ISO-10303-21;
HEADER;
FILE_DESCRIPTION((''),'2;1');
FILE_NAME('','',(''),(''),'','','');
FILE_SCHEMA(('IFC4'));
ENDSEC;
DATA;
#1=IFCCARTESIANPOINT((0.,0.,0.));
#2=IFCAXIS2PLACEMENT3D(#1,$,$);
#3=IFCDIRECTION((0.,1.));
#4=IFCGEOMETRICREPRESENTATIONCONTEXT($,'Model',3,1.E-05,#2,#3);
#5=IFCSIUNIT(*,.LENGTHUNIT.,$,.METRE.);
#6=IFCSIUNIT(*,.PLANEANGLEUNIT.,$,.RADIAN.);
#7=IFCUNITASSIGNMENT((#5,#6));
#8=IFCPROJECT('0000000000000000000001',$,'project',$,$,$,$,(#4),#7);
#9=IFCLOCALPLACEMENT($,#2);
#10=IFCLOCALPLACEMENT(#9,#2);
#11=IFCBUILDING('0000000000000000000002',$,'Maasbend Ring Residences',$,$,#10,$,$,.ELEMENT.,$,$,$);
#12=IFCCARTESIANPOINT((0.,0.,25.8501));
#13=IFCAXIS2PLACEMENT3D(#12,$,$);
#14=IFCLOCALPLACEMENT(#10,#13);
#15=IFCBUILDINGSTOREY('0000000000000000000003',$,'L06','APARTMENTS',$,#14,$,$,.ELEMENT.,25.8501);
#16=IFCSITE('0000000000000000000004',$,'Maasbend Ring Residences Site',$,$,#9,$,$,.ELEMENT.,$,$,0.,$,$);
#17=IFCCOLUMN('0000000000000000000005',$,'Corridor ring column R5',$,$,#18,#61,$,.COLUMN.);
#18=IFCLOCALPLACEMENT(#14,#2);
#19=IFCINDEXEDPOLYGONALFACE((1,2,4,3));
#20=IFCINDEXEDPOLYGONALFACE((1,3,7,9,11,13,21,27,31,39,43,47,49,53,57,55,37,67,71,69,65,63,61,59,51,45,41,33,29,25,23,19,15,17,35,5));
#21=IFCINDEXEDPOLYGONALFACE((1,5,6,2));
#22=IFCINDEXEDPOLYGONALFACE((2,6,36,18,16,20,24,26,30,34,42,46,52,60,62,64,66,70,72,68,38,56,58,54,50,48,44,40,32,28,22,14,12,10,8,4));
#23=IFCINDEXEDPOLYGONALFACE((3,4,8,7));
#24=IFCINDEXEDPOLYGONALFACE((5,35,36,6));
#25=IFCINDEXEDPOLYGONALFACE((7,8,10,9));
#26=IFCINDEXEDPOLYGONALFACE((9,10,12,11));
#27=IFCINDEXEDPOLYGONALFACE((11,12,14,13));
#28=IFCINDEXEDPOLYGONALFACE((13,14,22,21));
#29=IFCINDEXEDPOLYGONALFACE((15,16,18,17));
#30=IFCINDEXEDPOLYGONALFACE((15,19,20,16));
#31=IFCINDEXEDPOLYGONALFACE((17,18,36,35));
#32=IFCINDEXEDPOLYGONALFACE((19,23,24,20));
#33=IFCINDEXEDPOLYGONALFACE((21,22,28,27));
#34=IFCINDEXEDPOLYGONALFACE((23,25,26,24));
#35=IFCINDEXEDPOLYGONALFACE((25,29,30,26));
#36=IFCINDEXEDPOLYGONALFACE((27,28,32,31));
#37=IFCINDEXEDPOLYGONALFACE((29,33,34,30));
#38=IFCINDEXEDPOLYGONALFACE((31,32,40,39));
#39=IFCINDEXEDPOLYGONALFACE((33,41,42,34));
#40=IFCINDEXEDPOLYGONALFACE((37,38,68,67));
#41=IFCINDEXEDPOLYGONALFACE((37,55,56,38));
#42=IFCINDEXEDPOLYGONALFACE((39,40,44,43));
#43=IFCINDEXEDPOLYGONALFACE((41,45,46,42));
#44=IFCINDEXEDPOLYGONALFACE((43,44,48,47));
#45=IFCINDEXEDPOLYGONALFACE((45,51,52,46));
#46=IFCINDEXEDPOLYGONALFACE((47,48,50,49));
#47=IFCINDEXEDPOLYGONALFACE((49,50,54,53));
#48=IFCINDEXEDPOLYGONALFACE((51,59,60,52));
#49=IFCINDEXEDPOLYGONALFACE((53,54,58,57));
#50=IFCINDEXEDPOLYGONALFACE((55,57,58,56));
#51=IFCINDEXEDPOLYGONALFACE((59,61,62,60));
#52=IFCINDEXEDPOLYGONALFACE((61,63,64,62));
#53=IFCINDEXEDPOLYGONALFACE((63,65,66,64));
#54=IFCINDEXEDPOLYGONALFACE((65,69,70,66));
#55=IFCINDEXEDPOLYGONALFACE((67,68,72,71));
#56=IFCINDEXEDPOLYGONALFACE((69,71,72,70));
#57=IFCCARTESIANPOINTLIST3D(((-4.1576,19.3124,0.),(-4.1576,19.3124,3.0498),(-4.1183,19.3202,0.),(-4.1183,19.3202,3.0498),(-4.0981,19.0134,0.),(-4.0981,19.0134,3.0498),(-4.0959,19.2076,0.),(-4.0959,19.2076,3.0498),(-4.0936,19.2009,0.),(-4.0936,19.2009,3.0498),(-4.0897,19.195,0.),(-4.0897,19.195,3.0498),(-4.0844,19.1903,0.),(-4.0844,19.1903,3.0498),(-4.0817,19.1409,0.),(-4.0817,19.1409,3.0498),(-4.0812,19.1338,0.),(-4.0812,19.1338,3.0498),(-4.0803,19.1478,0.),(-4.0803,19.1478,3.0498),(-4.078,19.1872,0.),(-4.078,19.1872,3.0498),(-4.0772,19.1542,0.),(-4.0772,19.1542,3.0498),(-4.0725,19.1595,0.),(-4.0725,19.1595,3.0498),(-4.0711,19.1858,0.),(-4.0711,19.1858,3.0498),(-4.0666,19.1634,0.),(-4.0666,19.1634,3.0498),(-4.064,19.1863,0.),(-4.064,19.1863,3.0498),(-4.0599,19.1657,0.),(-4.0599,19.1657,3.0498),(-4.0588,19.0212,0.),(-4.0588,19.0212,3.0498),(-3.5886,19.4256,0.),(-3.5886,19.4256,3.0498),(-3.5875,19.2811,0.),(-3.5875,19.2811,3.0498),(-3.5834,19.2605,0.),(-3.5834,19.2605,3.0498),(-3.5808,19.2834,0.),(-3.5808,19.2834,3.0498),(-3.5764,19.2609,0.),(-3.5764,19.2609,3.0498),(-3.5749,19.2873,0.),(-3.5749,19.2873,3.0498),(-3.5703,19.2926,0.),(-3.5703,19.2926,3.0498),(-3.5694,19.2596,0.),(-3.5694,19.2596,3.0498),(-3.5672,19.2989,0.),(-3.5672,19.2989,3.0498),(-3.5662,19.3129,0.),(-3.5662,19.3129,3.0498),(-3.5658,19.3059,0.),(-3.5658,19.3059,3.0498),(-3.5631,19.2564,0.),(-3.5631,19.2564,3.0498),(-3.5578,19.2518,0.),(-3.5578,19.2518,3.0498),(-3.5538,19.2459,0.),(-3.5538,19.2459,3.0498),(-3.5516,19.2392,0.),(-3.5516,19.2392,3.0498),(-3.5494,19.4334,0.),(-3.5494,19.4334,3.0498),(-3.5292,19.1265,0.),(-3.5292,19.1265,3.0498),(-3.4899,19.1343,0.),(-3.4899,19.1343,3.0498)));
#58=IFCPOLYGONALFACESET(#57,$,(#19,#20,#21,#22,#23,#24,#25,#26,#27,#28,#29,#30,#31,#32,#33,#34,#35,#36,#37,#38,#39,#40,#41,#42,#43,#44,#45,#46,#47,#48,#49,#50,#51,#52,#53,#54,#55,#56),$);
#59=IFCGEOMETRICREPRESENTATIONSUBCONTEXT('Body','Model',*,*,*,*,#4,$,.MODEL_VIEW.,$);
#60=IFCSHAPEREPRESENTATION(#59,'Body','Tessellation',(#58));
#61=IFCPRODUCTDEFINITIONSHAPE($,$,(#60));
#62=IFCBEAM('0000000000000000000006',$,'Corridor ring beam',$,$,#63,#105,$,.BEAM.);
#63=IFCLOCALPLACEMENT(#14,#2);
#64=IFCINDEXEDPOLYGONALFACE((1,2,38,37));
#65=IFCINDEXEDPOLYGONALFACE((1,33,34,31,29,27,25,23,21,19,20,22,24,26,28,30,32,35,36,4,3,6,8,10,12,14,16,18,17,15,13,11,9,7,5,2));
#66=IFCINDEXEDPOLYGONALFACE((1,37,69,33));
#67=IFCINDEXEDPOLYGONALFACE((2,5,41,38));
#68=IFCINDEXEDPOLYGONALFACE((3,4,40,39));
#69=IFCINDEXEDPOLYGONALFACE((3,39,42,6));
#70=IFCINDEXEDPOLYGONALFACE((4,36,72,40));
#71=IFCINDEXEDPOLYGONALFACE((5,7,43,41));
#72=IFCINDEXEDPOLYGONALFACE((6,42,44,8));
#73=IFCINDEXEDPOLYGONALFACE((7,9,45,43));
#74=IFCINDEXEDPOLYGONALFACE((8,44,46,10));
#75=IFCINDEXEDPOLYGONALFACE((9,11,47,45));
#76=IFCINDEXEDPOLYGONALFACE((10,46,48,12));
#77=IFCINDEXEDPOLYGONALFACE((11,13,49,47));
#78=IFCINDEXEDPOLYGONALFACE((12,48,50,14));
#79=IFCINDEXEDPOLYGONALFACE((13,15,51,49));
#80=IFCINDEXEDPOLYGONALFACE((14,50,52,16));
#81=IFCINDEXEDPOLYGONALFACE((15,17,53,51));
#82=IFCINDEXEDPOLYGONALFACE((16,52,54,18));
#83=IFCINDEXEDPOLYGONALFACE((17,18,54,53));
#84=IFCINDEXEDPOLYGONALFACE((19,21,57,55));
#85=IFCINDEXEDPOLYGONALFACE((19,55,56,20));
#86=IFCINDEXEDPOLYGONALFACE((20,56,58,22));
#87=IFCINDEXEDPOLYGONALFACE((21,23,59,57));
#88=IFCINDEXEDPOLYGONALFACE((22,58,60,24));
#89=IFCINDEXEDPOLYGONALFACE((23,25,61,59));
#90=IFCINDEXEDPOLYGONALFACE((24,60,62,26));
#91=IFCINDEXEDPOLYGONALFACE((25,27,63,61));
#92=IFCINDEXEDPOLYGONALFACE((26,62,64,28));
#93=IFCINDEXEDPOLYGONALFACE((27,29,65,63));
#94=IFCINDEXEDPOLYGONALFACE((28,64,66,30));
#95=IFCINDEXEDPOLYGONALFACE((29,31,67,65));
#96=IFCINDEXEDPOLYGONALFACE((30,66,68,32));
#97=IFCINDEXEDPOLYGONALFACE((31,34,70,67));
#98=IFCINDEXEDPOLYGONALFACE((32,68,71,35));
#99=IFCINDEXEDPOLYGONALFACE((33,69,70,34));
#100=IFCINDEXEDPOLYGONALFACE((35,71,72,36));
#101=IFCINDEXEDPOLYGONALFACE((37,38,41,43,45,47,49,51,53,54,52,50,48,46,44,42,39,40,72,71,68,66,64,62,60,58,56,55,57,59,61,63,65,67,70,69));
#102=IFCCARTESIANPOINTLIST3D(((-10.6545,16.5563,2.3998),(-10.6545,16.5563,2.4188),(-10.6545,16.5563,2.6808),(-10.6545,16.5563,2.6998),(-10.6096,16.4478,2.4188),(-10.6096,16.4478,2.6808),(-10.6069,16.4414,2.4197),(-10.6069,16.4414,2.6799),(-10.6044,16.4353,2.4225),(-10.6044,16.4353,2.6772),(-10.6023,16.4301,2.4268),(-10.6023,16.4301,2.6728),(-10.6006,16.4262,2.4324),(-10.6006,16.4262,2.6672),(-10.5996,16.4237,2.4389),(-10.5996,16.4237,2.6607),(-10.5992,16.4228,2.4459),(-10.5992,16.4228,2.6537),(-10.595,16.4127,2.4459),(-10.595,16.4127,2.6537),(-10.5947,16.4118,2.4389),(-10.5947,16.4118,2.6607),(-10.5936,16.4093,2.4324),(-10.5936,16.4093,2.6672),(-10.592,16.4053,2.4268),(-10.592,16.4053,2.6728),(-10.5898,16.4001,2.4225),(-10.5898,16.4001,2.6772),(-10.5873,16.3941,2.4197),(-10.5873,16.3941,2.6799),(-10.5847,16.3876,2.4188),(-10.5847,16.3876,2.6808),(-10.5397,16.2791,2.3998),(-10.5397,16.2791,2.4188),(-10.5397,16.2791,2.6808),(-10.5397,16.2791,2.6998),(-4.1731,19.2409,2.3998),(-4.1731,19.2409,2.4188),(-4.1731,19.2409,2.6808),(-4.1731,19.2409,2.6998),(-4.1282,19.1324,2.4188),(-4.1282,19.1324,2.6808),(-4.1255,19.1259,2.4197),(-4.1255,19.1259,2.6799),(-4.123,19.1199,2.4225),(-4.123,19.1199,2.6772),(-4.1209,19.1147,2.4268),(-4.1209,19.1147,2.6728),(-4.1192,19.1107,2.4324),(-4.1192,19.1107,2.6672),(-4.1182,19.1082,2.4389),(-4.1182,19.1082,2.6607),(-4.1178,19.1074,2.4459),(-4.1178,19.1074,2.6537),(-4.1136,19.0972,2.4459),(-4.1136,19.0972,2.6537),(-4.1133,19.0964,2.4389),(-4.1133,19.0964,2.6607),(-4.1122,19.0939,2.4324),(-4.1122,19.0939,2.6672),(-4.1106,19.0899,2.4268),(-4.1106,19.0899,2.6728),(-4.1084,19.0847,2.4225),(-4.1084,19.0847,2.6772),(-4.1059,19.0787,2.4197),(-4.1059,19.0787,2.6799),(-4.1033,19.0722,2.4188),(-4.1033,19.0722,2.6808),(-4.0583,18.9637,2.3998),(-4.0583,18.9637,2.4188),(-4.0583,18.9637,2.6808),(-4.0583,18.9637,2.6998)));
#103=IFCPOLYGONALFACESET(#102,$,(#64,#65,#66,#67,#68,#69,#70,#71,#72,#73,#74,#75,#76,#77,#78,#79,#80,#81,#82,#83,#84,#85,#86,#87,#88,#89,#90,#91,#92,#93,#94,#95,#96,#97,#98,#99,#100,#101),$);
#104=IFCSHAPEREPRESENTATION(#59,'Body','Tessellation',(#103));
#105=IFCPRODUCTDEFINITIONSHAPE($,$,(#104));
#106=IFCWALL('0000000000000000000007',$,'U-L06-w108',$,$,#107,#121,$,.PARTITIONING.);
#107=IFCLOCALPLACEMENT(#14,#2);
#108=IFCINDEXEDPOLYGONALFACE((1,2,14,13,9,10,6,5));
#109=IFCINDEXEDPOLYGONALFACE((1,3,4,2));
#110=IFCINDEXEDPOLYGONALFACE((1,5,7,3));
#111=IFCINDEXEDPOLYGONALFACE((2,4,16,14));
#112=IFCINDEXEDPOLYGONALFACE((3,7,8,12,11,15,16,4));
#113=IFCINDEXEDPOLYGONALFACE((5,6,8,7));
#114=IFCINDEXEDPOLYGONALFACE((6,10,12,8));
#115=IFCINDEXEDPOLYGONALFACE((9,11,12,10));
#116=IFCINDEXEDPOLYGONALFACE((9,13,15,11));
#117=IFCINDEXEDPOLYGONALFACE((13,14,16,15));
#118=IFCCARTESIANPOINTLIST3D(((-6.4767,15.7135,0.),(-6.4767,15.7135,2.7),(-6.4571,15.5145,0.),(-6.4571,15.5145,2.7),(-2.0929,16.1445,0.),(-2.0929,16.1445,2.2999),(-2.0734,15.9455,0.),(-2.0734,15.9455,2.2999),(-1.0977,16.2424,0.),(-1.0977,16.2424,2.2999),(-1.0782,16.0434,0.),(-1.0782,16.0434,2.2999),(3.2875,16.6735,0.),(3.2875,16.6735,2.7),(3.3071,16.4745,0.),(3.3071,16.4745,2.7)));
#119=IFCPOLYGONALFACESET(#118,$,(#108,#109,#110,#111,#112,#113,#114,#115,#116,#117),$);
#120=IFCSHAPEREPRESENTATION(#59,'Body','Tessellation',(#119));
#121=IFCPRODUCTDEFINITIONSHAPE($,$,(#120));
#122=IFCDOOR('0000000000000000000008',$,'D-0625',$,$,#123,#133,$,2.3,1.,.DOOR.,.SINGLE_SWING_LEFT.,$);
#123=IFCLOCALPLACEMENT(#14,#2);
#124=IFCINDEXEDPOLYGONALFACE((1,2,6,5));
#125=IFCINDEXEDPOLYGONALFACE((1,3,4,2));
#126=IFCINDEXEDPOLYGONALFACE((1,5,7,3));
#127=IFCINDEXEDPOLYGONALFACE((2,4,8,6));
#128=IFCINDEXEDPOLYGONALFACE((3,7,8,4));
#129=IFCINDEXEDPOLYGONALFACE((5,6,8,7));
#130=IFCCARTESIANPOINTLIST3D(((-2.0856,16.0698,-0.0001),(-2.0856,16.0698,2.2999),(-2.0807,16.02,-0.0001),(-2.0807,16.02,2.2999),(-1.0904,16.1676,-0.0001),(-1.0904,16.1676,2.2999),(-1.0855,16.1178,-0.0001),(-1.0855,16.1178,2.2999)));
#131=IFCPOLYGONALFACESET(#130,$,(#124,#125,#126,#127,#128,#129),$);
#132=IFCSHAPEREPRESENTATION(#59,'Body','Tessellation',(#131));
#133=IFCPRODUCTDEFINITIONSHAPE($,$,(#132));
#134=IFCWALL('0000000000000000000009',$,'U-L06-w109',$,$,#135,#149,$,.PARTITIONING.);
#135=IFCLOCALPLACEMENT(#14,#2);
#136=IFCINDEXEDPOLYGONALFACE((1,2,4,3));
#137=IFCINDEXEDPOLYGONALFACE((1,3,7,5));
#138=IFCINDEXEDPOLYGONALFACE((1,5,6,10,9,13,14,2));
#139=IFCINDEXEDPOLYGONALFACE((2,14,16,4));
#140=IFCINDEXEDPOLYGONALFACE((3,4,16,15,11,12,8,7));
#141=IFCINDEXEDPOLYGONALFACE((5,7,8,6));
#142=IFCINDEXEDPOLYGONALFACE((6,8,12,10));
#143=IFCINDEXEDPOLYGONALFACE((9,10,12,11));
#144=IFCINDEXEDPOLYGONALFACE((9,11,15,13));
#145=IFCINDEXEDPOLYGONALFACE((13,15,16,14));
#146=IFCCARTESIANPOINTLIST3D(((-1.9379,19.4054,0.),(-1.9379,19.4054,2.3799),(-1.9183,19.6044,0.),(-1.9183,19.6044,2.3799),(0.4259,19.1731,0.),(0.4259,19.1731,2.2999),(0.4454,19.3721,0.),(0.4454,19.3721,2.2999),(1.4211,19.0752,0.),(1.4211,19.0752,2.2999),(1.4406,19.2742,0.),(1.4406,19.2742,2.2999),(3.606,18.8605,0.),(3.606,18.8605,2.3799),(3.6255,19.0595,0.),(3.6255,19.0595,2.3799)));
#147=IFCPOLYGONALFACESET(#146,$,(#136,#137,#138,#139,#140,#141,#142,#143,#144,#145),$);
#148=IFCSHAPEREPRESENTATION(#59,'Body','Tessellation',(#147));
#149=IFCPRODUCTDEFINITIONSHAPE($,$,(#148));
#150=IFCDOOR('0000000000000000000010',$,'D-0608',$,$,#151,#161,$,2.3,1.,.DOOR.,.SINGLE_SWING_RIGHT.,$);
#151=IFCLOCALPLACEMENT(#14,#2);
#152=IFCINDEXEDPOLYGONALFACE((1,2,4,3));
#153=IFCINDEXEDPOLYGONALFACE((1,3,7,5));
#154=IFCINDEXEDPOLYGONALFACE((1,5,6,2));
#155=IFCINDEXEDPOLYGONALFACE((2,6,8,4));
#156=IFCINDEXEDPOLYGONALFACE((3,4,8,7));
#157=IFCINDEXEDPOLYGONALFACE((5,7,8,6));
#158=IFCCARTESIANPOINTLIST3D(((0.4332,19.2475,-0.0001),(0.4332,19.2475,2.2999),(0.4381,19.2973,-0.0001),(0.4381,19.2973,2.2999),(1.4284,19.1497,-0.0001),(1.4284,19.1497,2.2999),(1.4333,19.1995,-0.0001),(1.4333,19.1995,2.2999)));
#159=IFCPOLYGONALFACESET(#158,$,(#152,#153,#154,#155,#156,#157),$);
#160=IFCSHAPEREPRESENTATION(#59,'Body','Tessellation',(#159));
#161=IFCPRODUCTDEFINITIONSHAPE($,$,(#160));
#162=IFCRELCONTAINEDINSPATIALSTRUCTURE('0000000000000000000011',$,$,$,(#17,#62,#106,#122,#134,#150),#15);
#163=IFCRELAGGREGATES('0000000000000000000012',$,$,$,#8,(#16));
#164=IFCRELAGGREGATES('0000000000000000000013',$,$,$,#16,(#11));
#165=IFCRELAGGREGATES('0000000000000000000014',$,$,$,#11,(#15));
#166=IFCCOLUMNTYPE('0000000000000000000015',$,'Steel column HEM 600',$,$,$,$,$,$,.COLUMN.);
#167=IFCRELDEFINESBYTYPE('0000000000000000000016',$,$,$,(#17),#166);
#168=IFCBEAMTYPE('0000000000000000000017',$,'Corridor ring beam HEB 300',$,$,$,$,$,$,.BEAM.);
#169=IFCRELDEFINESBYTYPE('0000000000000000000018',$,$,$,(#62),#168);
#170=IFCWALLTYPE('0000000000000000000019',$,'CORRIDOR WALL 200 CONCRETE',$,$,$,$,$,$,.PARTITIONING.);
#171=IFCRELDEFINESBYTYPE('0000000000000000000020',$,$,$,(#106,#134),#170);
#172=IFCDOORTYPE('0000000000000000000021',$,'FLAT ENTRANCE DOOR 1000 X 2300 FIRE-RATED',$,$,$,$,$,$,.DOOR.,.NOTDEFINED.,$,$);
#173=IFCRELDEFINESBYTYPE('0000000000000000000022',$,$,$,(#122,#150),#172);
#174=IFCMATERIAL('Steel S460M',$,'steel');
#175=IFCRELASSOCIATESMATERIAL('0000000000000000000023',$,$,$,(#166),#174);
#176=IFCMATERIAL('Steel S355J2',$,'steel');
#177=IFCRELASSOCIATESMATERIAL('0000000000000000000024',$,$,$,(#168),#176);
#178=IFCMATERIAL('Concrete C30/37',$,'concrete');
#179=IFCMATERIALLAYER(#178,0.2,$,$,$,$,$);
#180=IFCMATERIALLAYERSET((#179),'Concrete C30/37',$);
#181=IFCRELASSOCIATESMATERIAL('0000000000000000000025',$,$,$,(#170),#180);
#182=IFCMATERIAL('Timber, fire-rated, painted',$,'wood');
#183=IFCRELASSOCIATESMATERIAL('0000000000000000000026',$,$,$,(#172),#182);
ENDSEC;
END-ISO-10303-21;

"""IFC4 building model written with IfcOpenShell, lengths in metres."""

from ifc_helpers import new_model, si_unit, direction, frame, frame_2d, origin, origin_2d, place, context, subcontext, project, spatial, rectangle, i_section, extrude, material, layer, layer_set, material_profile, profile_set, type_object, element, fill, save


model = new_model("IFC4")

# Units and contexts
model_context = context("Model", 3, precision=1e-05, world=origin(), true_north=direction((0.0, 1.0)))
body_context = subcontext(model_context, "Body", "Model", "MODEL_VIEW")
ifc_project = project(units=[si_unit("LENGTHUNIT", "METRE"), si_unit("PLANEANGLEUNIT", "RADIAN")], contexts=[model_context])

# Site, building, storey
site_placement = place(None, origin())
site = spatial("IfcSite", under=ifc_project, at=site_placement, Name="Maasbend Ring Residences Site", CompositionType="ELEMENT", RefElevation=0.0)
building_placement = place(site_placement, origin())
building = spatial("IfcBuilding", under=site, at=building_placement, Name="Maasbend Ring Residences", CompositionType="ELEMENT")
storey_placement = place(building_placement, frame((0.0, 0.0, 25.8501)))
storey = spatial("IfcBuildingStorey", under=building, at=storey_placement, Name="L06", Description="APARTMENTS", CompositionType="ELEMENT", Elevation=25.8501)

# Column
ifc_material_1 = material(Name="Steel S460M", Category="steel")
ifc_material_profile_1 = material_profile(ifc_material_1, i_section(OverallWidth=0.3049, OverallDepth=0.6201, WebThickness=0.021, FlangeThickness=0.04, FilletRadius=0.0271, at=origin_2d()), Name="HEM 600")
ifc_profile_set_1 = profile_set([ifc_material_profile_1], Name="Steel S460M")
column_type = type_object("IfcColumnType", Name="Steel column HEM 600", PredefinedType="COLUMN", material=ifc_profile_set_1)
column_placement = place(storey_placement, frame((-3.8237, 19.2234, 0.0), z_axis=(0.0, 0.0, 1.0), x_axis=(-0.19509, 0.980785, 0.0)))
element("IfcColumn", 1, at=column_placement, inside=storey, type_object=column_type, Name="Corridor ring column R5", PredefinedType="COLUMN", context=body_context, shape_type="SweptSolid", body=[
    extrude(i_section(OverallWidth=0.3049, OverallDepth=0.6201, WebThickness=0.021, FlangeThickness=0.04, FilletRadius=0.0271, at=origin_2d()), origin(), (0.0, 0.0, 1.0), 3.0498),
])

# Beam
ifc_material_2 = material(Name="Steel S355J2", Category="steel")
ifc_material_profile_2 = material_profile(ifc_material_2, i_section(OverallWidth=0.3, OverallDepth=0.3, WebThickness=0.011, FlangeThickness=0.019, FilletRadius=0.0271, at=origin_2d()), Name="HEB 300")
ifc_profile_set_2 = profile_set([ifc_material_profile_2], Name="Steel S355J2")
beam_type = type_object("IfcBeamType", Name="Corridor ring beam HEB 300", PredefinedType="BEAM", material=ifc_profile_set_2)
beam_placement = place(storey_placement, frame((-4.1157, 19.1023, 2.5498), z_axis=(-0.923886, -0.382667, 0.0), x_axis=(0.382667, -0.923886, 0.0)))
element("IfcBeam", 2, at=beam_placement, inside=storey, type_object=beam_type, Name="Corridor ring beam", PredefinedType="BEAM", context=body_context, shape_type="SweptSolid", body=[
    extrude(i_section(OverallWidth=0.3, OverallDepth=0.3, WebThickness=0.011, FlangeThickness=0.019, FilletRadius=0.0271, at=origin_2d()), origin(), (0.0, 0.0, 1.0), 7.0154),
])

# Walls, openings, doors
ifc_material_3 = material(Name="Concrete C30/37", Category="concrete")
ifc_layer_1 = layer(ifc_material_3, 0.2)
ifc_layer_set_1 = layer_set([ifc_layer_1], Name="Concrete C30/37")
wall_type_1 = type_object("IfcWallType", Name="CORRIDOR WALL 200 CONCRETE", PredefinedType="PARTITIONING", material=ifc_layer_set_1)
wall_1_placement = place(storey_placement, frame((-6.467, 15.614, 0.0), z_axis=(0.0, 0.0, 1.0), x_axis=(0.995202, 0.097843, 0.0)))
wall_1 = element("IfcWall", 3, at=wall_1_placement, inside=storey, type_object=wall_type_1, Name="U-L06-w108", PredefinedType="PARTITIONING", context=body_context, shape_type="SweptSolid", body=[
    extrude(rectangle(XDim=9.8113, YDim=0.2, at=frame_2d((4.9058, 0.0))), origin(), (0.0, 0.0, 1.0), 2.7),
])
opening_1_placement = place(wall_1_placement, frame((4.405, 0.0, 0.0)))
opening_1 = element("IfcOpeningElement", 4, at=opening_1_placement, cuts=wall_1, PredefinedType="OPENING", context=body_context, shape_type="SweptSolid", body=[
    extrude(rectangle(XDim=1.0, YDim=2.3, at=frame_2d((0.5, 1.1499))), frame((0.0, 0.1099, 0.0), z_axis=(0.0, -1.0, 0.0), x_axis=(1.0, 0.0, 0.0)), (0.0, 0.0, 1.0), 0.22),
])
ifc_material_4 = material(Name="Timber, fire-rated, painted", Category="wood")
door_type_1 = type_object("IfcDoorType", Name="FLAT ENTRANCE DOOR 1000 X 2300 FIRE-RATED", OperationType="NOTDEFINED", PredefinedType="DOOR", material=ifc_material_4)
door_1_placement = place(opening_1_placement, origin())
door_1 = element("IfcDoor", 5, at=door_1_placement, inside=storey, type_object=door_type_1, Name="D-0625", OperationType="SINGLE_SWING_LEFT", OverallHeight=2.3, OverallWidth=1.0, PredefinedType="DOOR", context=body_context, shape_type="SweptSolid", body=[
    extrude(rectangle(XDim=1.0, YDim=2.3, at=frame_2d((0.5, 1.1499))), frame((0.0, 0.0249, 0.0), z_axis=(0.0, -1.0, 0.0), x_axis=(1.0, 0.0, 0.0)), (0.0, 0.0, 1.0), 0.05),
])
fill(opening_1, door_1)
wall_2_placement = place(storey_placement, frame((-1.928, 19.5049, 0.0), z_axis=(0.0, 0.0, 1.0), x_axis=(0.995204, -0.09782, 0.0)))
wall_2 = element("IfcWall", 6, at=wall_2_placement, inside=storey, type_object=wall_type_1, Name="U-L06-w109", PredefinedType="PARTITIONING", context=body_context, shape_type="SweptSolid", body=[
    extrude(rectangle(XDim=5.5706, YDim=0.2, at=frame_2d((2.7852, 0.0))), origin(), (0.0, 0.0, 1.0), 2.3799),
])
opening_2_placement = place(wall_2_placement, frame((2.375, 0.0, 0.0)))
opening_2 = element("IfcOpeningElement", 7, at=opening_2_placement, cuts=wall_2, PredefinedType="OPENING", context=body_context, shape_type="SweptSolid", body=[
    extrude(rectangle(XDim=1.0, YDim=2.3, at=frame_2d((0.5, 1.1499))), frame((0.0, 0.1099, 0.0), z_axis=(0.0, -1.0, 0.0), x_axis=(1.0, 0.0, 0.0)), (0.0, 0.0, 1.0), 0.22),
])
door_2_placement = place(opening_2_placement, origin())
door_2 = element("IfcDoor", 8, at=door_2_placement, inside=storey, type_object=door_type_1, Name="D-0608", OperationType="SINGLE_SWING_RIGHT", OverallHeight=2.3, OverallWidth=1.0, PredefinedType="DOOR", context=body_context, shape_type="SweptSolid", body=[
    extrude(rectangle(XDim=1.0, YDim=2.3, at=frame_2d((0.5, 1.1499))), frame((0.0, 0.0249, 0.0), z_axis=(0.0, -1.0, 0.0), x_axis=(1.0, 0.0, 0.0)), (0.0, 0.0, 1.0), 0.05),
])
fill(opening_2, door_2)

save(model, "model.ifc")
